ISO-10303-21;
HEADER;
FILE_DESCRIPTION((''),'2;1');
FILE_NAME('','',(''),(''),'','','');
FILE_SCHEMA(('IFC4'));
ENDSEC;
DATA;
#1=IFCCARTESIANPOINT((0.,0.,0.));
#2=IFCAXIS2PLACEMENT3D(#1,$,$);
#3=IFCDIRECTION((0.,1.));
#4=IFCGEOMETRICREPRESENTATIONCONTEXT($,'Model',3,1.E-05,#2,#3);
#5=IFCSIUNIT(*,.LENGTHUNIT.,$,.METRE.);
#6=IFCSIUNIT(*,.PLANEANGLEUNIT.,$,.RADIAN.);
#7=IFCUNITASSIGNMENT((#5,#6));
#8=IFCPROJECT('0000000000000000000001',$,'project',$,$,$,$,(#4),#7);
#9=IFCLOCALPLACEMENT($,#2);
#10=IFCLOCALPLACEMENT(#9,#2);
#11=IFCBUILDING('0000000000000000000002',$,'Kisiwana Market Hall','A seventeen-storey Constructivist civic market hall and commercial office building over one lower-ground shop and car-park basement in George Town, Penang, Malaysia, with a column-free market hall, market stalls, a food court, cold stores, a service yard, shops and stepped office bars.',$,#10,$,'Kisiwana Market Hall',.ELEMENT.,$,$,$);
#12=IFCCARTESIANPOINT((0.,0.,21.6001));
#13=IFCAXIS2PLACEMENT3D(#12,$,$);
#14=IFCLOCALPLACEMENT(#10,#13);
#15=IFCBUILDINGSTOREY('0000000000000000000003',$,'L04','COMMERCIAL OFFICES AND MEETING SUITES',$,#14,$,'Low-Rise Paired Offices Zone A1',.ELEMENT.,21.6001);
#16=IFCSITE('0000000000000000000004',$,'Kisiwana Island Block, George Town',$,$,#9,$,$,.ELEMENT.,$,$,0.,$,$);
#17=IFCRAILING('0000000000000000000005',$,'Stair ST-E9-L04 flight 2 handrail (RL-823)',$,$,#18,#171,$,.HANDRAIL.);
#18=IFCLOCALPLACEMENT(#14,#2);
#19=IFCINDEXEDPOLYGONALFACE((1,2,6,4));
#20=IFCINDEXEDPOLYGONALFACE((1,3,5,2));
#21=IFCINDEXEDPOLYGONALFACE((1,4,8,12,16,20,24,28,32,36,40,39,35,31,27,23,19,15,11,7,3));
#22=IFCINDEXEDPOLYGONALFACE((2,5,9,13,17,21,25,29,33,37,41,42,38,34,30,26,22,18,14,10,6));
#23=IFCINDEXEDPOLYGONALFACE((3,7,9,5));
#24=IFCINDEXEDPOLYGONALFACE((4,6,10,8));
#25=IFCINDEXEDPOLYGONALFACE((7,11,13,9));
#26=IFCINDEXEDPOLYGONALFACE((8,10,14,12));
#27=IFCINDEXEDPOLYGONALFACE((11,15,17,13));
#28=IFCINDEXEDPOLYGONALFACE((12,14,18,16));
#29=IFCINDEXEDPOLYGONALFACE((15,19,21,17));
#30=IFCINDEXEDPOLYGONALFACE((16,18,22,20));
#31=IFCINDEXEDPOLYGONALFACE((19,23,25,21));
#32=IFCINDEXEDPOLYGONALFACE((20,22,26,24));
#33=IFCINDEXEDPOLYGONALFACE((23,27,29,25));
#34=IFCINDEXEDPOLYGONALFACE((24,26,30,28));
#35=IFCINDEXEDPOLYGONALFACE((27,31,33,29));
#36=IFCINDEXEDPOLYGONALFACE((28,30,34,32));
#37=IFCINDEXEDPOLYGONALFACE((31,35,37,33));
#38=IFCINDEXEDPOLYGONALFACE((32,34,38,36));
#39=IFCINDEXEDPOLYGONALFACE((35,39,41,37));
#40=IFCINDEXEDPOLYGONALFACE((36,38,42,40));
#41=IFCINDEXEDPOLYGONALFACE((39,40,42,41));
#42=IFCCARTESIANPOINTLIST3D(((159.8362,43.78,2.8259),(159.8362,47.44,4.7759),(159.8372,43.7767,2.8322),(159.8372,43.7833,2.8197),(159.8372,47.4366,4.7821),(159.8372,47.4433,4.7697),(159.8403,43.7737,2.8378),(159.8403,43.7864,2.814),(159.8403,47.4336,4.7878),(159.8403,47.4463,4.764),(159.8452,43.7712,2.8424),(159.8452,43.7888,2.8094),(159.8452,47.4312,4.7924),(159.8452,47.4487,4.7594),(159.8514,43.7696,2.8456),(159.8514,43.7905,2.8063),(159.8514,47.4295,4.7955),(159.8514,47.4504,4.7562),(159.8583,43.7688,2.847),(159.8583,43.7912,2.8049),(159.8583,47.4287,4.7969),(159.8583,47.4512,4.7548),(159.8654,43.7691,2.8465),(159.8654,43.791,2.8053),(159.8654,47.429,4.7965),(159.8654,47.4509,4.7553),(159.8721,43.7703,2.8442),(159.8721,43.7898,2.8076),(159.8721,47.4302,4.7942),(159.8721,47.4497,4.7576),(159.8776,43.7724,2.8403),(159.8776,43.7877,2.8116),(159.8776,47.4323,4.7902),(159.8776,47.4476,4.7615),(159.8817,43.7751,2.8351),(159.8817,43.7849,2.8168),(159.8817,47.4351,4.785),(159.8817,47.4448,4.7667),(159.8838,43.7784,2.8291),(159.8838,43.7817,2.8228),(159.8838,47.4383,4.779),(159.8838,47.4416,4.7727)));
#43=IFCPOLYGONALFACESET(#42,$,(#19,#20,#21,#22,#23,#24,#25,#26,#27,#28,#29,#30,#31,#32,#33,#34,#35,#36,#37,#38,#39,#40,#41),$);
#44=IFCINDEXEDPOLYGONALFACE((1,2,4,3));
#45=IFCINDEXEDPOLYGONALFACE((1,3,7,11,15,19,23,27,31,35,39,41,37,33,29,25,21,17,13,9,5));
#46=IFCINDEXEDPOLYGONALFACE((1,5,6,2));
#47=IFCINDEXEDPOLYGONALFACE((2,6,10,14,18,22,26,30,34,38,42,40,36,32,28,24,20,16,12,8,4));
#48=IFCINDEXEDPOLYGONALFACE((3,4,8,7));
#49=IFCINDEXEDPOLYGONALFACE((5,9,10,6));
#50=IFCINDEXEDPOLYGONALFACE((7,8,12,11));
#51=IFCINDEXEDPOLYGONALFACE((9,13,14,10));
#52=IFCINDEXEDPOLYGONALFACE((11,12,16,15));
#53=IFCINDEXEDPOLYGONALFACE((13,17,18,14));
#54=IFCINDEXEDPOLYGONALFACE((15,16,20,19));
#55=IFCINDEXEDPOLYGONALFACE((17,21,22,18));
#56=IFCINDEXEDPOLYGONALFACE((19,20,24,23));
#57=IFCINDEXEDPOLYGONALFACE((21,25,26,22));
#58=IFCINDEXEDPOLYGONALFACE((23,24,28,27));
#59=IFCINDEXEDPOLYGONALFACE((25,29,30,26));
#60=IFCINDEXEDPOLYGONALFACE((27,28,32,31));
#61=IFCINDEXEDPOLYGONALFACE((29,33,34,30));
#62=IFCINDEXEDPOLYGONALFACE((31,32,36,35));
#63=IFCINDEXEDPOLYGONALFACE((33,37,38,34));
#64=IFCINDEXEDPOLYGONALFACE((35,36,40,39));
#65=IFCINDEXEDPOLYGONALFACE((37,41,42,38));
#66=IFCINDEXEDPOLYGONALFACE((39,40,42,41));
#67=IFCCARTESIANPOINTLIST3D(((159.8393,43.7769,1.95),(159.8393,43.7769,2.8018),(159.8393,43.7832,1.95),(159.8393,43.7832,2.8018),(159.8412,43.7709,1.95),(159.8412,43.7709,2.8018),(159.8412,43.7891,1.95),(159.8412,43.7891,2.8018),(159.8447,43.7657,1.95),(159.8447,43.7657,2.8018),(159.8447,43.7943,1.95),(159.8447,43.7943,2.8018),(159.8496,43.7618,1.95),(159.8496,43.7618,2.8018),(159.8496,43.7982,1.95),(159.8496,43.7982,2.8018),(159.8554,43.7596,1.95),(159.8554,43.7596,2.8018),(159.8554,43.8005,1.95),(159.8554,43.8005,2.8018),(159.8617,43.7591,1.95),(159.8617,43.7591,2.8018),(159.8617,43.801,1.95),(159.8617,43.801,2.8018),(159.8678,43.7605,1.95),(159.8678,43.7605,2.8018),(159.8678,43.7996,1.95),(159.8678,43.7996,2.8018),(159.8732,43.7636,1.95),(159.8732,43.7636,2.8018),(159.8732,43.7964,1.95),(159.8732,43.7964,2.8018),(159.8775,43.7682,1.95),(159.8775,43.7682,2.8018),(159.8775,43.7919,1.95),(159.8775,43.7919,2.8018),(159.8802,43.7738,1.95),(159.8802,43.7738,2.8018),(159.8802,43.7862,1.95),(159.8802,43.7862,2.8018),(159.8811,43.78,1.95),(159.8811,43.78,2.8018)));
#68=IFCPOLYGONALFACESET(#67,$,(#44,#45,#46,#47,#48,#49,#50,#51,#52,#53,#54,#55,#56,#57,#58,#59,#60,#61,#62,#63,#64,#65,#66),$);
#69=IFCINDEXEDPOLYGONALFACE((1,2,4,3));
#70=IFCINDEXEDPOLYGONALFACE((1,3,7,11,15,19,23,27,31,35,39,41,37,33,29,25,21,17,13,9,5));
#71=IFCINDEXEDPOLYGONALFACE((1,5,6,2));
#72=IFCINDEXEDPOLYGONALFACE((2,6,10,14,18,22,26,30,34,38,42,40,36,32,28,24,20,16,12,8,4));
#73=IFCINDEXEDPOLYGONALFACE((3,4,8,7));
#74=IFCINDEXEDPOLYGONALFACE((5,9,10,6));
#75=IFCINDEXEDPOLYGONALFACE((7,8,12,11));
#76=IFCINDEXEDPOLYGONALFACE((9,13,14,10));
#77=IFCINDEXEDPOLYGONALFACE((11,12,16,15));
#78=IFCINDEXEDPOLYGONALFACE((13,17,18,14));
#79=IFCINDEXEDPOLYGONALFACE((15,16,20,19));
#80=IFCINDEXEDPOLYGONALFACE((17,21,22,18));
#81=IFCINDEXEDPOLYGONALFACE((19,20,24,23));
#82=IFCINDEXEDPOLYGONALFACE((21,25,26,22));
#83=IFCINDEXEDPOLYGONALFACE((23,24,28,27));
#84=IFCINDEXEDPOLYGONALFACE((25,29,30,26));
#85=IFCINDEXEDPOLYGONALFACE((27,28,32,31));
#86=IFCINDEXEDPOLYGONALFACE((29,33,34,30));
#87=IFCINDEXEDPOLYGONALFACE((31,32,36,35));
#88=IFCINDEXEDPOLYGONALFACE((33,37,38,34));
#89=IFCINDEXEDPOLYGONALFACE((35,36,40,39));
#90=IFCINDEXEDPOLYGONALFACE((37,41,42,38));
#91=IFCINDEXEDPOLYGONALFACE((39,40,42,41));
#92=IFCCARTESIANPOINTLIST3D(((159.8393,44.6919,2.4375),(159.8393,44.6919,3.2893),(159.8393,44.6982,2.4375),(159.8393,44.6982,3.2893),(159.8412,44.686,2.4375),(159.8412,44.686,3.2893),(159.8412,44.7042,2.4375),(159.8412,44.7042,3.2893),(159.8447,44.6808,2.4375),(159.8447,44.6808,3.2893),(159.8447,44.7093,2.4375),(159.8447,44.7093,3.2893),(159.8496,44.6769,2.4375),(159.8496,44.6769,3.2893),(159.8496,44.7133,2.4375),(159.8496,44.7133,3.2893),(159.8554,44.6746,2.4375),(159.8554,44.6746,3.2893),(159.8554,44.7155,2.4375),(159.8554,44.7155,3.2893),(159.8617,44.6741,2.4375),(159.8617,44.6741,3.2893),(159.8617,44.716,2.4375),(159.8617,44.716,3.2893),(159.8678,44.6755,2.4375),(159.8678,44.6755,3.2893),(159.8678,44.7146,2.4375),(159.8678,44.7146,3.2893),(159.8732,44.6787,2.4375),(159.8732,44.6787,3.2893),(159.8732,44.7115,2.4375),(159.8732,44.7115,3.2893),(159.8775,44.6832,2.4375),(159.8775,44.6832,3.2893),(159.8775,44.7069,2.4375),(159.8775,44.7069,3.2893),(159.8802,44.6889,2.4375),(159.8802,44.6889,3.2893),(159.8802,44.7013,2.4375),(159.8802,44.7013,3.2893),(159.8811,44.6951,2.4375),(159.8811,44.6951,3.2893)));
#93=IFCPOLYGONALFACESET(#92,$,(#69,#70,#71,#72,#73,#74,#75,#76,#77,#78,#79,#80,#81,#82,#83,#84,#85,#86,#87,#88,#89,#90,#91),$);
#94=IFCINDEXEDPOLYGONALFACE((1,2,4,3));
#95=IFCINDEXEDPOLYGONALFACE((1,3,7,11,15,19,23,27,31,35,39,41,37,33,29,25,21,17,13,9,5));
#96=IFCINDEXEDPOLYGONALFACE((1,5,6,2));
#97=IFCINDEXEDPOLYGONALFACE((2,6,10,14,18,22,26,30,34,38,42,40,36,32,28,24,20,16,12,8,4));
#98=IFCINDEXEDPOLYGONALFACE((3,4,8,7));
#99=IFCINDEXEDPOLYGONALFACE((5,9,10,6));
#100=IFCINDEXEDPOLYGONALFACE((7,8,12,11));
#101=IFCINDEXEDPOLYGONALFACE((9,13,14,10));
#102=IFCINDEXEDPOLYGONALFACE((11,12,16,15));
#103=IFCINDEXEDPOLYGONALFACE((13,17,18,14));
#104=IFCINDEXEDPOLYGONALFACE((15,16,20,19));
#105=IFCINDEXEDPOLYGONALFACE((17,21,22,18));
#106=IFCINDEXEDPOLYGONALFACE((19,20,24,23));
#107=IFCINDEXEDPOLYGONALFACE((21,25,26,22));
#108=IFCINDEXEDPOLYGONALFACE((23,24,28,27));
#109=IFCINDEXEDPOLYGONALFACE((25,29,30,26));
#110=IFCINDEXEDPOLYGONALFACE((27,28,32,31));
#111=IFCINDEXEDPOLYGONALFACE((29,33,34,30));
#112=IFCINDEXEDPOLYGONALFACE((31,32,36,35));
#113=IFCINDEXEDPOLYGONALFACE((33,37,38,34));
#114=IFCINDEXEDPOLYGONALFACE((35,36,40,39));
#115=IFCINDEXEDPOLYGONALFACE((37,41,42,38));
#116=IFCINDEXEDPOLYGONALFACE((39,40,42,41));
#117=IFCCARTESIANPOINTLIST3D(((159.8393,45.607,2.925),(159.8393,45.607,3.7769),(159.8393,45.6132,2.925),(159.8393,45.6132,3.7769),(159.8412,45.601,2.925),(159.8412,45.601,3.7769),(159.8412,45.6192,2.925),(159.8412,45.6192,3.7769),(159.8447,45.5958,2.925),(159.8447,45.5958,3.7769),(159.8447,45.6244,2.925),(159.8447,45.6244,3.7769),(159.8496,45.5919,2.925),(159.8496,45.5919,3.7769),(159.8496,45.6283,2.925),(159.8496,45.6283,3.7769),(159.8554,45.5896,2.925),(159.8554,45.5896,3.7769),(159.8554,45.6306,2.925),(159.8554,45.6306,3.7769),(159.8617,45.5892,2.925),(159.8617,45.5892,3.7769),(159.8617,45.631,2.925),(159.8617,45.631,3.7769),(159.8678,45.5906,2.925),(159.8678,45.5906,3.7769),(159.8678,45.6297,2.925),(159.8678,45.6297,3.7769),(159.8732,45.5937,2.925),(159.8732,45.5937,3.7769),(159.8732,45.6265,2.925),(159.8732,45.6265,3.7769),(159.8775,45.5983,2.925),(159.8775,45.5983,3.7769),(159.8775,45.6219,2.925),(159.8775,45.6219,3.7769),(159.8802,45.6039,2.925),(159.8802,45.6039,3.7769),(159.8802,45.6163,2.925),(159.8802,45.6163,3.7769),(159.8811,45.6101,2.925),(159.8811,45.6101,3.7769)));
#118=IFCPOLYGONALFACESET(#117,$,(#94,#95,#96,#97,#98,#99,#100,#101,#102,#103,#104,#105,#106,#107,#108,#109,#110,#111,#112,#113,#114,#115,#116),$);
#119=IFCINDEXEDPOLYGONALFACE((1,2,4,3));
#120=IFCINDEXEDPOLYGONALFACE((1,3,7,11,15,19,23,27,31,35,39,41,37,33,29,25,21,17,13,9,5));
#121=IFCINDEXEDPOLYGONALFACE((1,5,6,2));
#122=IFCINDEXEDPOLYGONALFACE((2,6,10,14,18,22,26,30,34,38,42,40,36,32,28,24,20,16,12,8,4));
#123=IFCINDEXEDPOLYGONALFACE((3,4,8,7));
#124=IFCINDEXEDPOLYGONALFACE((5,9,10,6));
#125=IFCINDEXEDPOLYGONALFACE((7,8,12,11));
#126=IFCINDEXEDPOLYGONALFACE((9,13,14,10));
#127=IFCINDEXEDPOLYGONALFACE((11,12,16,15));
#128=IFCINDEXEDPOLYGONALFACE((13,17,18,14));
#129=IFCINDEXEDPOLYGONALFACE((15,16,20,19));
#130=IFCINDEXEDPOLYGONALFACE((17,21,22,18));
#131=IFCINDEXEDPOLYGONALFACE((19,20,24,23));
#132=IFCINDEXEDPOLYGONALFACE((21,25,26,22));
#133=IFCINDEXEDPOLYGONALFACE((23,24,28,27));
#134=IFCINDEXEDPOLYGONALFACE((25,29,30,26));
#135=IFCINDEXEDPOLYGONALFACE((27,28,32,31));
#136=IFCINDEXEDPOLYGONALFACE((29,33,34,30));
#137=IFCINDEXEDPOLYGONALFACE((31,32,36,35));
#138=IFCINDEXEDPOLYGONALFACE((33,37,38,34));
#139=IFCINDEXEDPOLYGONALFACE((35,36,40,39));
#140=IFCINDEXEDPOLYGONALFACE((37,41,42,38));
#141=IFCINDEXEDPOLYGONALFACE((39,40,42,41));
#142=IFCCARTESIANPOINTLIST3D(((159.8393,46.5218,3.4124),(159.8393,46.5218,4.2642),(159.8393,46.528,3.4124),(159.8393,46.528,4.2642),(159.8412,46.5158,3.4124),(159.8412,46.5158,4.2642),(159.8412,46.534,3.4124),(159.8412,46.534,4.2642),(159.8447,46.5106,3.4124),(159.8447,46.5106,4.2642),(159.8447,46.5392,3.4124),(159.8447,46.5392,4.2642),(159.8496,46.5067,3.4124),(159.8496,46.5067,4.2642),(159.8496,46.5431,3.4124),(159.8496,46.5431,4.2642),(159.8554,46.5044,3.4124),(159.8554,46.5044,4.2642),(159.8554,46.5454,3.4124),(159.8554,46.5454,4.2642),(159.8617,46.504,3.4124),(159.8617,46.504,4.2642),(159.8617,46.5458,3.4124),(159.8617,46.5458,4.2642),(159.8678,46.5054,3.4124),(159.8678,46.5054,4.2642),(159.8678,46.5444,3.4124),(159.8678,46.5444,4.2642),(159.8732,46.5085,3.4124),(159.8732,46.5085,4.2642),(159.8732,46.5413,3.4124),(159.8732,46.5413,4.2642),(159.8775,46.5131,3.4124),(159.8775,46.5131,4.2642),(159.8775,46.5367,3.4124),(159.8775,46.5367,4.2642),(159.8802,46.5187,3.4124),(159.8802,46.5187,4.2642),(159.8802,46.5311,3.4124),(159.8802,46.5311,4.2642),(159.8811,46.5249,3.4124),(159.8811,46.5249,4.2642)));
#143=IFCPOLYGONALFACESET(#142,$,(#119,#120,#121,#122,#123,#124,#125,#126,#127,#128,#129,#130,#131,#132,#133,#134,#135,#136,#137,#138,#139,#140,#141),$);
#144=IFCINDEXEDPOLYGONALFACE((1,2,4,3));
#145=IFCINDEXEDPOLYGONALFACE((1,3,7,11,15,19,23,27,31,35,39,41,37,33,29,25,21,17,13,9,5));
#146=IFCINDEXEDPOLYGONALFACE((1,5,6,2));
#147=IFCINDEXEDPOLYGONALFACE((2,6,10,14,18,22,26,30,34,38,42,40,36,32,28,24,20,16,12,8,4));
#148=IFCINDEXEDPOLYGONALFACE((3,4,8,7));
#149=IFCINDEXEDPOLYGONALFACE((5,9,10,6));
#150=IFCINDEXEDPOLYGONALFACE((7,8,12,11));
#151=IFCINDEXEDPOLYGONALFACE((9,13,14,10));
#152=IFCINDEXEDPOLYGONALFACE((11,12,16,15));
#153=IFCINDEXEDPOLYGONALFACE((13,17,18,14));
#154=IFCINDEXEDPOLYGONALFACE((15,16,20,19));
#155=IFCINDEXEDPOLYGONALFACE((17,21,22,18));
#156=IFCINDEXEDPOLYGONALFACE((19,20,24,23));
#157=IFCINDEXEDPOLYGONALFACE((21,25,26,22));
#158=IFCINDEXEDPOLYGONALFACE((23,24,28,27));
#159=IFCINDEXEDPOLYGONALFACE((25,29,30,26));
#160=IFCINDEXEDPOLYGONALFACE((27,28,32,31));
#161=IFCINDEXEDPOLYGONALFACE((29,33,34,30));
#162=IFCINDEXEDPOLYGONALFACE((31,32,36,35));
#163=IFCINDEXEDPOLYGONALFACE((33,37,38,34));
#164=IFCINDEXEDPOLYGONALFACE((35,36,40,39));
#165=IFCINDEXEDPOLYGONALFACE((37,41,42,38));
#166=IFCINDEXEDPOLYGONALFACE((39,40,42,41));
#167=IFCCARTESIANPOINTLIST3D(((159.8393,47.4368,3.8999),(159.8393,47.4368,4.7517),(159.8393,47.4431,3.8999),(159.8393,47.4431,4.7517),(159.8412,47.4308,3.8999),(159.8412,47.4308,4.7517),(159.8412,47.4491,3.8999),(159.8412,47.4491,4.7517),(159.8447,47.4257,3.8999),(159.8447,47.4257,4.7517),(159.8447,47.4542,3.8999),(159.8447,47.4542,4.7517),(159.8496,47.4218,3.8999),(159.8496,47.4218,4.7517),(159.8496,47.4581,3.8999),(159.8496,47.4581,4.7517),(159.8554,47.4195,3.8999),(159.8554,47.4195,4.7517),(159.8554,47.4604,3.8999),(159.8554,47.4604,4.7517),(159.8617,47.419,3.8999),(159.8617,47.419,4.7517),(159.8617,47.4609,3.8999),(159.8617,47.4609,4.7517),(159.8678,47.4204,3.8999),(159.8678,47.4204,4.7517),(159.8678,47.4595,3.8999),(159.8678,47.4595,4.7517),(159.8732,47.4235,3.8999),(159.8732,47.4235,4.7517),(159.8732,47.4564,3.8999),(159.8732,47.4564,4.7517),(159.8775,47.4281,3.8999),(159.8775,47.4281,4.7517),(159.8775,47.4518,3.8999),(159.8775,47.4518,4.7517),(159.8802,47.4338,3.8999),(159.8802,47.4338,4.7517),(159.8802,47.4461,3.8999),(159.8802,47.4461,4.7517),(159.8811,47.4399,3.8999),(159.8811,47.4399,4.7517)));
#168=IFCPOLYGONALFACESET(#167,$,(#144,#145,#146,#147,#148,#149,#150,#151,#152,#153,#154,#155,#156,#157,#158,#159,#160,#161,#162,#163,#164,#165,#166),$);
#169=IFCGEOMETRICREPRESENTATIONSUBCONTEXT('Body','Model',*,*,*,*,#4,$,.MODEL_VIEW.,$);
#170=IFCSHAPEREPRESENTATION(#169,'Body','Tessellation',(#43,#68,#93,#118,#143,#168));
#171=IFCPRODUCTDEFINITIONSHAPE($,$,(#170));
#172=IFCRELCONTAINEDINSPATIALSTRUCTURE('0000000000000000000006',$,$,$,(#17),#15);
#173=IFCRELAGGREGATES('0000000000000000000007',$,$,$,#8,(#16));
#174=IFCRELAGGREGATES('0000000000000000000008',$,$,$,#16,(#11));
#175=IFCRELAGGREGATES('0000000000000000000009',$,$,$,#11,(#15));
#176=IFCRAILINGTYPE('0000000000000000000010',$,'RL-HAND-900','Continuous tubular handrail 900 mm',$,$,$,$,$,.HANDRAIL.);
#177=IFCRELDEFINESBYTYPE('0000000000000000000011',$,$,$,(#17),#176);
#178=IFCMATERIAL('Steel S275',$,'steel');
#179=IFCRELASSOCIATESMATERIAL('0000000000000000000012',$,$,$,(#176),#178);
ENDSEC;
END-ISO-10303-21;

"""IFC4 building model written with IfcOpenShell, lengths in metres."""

from ifc_helpers import new_model, si_unit, direction, frame, origin, origin_2d, place, context, subcontext, project, spatial, circle, extrude, material, type_object, element, save


model = new_model("IFC4")

# Units and contexts
model_context = context("Model", 3, precision=1e-05, world=origin(), true_north=direction((0.0, 1.0)))
body_context = subcontext(model_context, "Body", "Model", "MODEL_VIEW")
ifc_project = project(units=[si_unit("LENGTHUNIT", "METRE"), si_unit("PLANEANGLEUNIT", "RADIAN")], contexts=[model_context])

# Site, building, storey
site_placement = place(None, origin())
site = spatial("IfcSite", under=ifc_project, at=site_placement, Name="Kisiwana Island Block, George Town", CompositionType="ELEMENT", RefElevation=0.0)
building_placement = place(site_placement, origin())
building = spatial("IfcBuilding", under=site, at=building_placement, Name="Kisiwana Market Hall", Description="A seventeen-storey Constructivist civic market hall and commercial office building over one lower-ground shop and car-park basement in George Town, Penang, Malaysia, with a column-free market hall, market stalls, a food court, cold stores, a service yard, shops and stepped office bars.", LongName="Kisiwana Market Hall", CompositionType="ELEMENT")
storey_placement = place(building_placement, frame((0.0, 0.0, 21.6001)))
storey = spatial("IfcBuildingStorey", under=building, at=storey_placement, Name="L04", Description="COMMERCIAL OFFICES AND MEETING SUITES", LongName="Low-Rise Paired Offices Zone A1", CompositionType="ELEMENT", Elevation=21.6001)

# Railing
ifc_material_1 = material(Name="Steel S275", Category="steel")
railing_type_1 = type_object("IfcRailingType", Name="RL-HAND-900", Description="Continuous tubular handrail 900 mm", PredefinedType="HANDRAIL", material=ifc_material_1)
for number, where, name in (
    (1, (159.8601, 43.78, 1.95), "Stair ST-E9-L04 flight 2 handrail (RL-823)"),
):
    element("IfcRailing", number, at=place(storey_placement, frame(where)), inside=storey, type_object=railing_type_1, Name=name, PredefinedType="HANDRAIL", context=body_context, shape_type="SweptSolid", body=[
        extrude(circle(Radius=0.0239, at=origin_2d()), frame((0.0, 0.0, 0.876), z_axis=(0.0, 0.882553, 0.470212), x_axis=(-1.0, 0.0, 0.0)), (0.0, 0.0, 1.0), 4.147),
        extrude(circle(Radius=0.021, at=origin_2d()), origin(), (0.0, 0.0, 1.0), 0.8518),
        extrude(circle(Radius=0.021, at=origin_2d()), frame((0.0, 0.915, 0.4875)), (0.0, 0.0, 1.0), 0.8518),
        extrude(circle(Radius=0.021, at=origin_2d()), frame((0.0, 1.8301, 0.9751)), (0.0, 0.0, 1.0), 0.8518),
        extrude(circle(Radius=0.021, at=origin_2d()), frame((0.0, 2.7449, 1.4624)), (0.0, 0.0, 1.0), 0.8518),
        extrude(circle(Radius=0.021, at=origin_2d()), frame((0.0, 3.6599, 1.95)), (0.0, 0.0, 1.0), 0.8518),
    ])

save(model, "model.ifc")
